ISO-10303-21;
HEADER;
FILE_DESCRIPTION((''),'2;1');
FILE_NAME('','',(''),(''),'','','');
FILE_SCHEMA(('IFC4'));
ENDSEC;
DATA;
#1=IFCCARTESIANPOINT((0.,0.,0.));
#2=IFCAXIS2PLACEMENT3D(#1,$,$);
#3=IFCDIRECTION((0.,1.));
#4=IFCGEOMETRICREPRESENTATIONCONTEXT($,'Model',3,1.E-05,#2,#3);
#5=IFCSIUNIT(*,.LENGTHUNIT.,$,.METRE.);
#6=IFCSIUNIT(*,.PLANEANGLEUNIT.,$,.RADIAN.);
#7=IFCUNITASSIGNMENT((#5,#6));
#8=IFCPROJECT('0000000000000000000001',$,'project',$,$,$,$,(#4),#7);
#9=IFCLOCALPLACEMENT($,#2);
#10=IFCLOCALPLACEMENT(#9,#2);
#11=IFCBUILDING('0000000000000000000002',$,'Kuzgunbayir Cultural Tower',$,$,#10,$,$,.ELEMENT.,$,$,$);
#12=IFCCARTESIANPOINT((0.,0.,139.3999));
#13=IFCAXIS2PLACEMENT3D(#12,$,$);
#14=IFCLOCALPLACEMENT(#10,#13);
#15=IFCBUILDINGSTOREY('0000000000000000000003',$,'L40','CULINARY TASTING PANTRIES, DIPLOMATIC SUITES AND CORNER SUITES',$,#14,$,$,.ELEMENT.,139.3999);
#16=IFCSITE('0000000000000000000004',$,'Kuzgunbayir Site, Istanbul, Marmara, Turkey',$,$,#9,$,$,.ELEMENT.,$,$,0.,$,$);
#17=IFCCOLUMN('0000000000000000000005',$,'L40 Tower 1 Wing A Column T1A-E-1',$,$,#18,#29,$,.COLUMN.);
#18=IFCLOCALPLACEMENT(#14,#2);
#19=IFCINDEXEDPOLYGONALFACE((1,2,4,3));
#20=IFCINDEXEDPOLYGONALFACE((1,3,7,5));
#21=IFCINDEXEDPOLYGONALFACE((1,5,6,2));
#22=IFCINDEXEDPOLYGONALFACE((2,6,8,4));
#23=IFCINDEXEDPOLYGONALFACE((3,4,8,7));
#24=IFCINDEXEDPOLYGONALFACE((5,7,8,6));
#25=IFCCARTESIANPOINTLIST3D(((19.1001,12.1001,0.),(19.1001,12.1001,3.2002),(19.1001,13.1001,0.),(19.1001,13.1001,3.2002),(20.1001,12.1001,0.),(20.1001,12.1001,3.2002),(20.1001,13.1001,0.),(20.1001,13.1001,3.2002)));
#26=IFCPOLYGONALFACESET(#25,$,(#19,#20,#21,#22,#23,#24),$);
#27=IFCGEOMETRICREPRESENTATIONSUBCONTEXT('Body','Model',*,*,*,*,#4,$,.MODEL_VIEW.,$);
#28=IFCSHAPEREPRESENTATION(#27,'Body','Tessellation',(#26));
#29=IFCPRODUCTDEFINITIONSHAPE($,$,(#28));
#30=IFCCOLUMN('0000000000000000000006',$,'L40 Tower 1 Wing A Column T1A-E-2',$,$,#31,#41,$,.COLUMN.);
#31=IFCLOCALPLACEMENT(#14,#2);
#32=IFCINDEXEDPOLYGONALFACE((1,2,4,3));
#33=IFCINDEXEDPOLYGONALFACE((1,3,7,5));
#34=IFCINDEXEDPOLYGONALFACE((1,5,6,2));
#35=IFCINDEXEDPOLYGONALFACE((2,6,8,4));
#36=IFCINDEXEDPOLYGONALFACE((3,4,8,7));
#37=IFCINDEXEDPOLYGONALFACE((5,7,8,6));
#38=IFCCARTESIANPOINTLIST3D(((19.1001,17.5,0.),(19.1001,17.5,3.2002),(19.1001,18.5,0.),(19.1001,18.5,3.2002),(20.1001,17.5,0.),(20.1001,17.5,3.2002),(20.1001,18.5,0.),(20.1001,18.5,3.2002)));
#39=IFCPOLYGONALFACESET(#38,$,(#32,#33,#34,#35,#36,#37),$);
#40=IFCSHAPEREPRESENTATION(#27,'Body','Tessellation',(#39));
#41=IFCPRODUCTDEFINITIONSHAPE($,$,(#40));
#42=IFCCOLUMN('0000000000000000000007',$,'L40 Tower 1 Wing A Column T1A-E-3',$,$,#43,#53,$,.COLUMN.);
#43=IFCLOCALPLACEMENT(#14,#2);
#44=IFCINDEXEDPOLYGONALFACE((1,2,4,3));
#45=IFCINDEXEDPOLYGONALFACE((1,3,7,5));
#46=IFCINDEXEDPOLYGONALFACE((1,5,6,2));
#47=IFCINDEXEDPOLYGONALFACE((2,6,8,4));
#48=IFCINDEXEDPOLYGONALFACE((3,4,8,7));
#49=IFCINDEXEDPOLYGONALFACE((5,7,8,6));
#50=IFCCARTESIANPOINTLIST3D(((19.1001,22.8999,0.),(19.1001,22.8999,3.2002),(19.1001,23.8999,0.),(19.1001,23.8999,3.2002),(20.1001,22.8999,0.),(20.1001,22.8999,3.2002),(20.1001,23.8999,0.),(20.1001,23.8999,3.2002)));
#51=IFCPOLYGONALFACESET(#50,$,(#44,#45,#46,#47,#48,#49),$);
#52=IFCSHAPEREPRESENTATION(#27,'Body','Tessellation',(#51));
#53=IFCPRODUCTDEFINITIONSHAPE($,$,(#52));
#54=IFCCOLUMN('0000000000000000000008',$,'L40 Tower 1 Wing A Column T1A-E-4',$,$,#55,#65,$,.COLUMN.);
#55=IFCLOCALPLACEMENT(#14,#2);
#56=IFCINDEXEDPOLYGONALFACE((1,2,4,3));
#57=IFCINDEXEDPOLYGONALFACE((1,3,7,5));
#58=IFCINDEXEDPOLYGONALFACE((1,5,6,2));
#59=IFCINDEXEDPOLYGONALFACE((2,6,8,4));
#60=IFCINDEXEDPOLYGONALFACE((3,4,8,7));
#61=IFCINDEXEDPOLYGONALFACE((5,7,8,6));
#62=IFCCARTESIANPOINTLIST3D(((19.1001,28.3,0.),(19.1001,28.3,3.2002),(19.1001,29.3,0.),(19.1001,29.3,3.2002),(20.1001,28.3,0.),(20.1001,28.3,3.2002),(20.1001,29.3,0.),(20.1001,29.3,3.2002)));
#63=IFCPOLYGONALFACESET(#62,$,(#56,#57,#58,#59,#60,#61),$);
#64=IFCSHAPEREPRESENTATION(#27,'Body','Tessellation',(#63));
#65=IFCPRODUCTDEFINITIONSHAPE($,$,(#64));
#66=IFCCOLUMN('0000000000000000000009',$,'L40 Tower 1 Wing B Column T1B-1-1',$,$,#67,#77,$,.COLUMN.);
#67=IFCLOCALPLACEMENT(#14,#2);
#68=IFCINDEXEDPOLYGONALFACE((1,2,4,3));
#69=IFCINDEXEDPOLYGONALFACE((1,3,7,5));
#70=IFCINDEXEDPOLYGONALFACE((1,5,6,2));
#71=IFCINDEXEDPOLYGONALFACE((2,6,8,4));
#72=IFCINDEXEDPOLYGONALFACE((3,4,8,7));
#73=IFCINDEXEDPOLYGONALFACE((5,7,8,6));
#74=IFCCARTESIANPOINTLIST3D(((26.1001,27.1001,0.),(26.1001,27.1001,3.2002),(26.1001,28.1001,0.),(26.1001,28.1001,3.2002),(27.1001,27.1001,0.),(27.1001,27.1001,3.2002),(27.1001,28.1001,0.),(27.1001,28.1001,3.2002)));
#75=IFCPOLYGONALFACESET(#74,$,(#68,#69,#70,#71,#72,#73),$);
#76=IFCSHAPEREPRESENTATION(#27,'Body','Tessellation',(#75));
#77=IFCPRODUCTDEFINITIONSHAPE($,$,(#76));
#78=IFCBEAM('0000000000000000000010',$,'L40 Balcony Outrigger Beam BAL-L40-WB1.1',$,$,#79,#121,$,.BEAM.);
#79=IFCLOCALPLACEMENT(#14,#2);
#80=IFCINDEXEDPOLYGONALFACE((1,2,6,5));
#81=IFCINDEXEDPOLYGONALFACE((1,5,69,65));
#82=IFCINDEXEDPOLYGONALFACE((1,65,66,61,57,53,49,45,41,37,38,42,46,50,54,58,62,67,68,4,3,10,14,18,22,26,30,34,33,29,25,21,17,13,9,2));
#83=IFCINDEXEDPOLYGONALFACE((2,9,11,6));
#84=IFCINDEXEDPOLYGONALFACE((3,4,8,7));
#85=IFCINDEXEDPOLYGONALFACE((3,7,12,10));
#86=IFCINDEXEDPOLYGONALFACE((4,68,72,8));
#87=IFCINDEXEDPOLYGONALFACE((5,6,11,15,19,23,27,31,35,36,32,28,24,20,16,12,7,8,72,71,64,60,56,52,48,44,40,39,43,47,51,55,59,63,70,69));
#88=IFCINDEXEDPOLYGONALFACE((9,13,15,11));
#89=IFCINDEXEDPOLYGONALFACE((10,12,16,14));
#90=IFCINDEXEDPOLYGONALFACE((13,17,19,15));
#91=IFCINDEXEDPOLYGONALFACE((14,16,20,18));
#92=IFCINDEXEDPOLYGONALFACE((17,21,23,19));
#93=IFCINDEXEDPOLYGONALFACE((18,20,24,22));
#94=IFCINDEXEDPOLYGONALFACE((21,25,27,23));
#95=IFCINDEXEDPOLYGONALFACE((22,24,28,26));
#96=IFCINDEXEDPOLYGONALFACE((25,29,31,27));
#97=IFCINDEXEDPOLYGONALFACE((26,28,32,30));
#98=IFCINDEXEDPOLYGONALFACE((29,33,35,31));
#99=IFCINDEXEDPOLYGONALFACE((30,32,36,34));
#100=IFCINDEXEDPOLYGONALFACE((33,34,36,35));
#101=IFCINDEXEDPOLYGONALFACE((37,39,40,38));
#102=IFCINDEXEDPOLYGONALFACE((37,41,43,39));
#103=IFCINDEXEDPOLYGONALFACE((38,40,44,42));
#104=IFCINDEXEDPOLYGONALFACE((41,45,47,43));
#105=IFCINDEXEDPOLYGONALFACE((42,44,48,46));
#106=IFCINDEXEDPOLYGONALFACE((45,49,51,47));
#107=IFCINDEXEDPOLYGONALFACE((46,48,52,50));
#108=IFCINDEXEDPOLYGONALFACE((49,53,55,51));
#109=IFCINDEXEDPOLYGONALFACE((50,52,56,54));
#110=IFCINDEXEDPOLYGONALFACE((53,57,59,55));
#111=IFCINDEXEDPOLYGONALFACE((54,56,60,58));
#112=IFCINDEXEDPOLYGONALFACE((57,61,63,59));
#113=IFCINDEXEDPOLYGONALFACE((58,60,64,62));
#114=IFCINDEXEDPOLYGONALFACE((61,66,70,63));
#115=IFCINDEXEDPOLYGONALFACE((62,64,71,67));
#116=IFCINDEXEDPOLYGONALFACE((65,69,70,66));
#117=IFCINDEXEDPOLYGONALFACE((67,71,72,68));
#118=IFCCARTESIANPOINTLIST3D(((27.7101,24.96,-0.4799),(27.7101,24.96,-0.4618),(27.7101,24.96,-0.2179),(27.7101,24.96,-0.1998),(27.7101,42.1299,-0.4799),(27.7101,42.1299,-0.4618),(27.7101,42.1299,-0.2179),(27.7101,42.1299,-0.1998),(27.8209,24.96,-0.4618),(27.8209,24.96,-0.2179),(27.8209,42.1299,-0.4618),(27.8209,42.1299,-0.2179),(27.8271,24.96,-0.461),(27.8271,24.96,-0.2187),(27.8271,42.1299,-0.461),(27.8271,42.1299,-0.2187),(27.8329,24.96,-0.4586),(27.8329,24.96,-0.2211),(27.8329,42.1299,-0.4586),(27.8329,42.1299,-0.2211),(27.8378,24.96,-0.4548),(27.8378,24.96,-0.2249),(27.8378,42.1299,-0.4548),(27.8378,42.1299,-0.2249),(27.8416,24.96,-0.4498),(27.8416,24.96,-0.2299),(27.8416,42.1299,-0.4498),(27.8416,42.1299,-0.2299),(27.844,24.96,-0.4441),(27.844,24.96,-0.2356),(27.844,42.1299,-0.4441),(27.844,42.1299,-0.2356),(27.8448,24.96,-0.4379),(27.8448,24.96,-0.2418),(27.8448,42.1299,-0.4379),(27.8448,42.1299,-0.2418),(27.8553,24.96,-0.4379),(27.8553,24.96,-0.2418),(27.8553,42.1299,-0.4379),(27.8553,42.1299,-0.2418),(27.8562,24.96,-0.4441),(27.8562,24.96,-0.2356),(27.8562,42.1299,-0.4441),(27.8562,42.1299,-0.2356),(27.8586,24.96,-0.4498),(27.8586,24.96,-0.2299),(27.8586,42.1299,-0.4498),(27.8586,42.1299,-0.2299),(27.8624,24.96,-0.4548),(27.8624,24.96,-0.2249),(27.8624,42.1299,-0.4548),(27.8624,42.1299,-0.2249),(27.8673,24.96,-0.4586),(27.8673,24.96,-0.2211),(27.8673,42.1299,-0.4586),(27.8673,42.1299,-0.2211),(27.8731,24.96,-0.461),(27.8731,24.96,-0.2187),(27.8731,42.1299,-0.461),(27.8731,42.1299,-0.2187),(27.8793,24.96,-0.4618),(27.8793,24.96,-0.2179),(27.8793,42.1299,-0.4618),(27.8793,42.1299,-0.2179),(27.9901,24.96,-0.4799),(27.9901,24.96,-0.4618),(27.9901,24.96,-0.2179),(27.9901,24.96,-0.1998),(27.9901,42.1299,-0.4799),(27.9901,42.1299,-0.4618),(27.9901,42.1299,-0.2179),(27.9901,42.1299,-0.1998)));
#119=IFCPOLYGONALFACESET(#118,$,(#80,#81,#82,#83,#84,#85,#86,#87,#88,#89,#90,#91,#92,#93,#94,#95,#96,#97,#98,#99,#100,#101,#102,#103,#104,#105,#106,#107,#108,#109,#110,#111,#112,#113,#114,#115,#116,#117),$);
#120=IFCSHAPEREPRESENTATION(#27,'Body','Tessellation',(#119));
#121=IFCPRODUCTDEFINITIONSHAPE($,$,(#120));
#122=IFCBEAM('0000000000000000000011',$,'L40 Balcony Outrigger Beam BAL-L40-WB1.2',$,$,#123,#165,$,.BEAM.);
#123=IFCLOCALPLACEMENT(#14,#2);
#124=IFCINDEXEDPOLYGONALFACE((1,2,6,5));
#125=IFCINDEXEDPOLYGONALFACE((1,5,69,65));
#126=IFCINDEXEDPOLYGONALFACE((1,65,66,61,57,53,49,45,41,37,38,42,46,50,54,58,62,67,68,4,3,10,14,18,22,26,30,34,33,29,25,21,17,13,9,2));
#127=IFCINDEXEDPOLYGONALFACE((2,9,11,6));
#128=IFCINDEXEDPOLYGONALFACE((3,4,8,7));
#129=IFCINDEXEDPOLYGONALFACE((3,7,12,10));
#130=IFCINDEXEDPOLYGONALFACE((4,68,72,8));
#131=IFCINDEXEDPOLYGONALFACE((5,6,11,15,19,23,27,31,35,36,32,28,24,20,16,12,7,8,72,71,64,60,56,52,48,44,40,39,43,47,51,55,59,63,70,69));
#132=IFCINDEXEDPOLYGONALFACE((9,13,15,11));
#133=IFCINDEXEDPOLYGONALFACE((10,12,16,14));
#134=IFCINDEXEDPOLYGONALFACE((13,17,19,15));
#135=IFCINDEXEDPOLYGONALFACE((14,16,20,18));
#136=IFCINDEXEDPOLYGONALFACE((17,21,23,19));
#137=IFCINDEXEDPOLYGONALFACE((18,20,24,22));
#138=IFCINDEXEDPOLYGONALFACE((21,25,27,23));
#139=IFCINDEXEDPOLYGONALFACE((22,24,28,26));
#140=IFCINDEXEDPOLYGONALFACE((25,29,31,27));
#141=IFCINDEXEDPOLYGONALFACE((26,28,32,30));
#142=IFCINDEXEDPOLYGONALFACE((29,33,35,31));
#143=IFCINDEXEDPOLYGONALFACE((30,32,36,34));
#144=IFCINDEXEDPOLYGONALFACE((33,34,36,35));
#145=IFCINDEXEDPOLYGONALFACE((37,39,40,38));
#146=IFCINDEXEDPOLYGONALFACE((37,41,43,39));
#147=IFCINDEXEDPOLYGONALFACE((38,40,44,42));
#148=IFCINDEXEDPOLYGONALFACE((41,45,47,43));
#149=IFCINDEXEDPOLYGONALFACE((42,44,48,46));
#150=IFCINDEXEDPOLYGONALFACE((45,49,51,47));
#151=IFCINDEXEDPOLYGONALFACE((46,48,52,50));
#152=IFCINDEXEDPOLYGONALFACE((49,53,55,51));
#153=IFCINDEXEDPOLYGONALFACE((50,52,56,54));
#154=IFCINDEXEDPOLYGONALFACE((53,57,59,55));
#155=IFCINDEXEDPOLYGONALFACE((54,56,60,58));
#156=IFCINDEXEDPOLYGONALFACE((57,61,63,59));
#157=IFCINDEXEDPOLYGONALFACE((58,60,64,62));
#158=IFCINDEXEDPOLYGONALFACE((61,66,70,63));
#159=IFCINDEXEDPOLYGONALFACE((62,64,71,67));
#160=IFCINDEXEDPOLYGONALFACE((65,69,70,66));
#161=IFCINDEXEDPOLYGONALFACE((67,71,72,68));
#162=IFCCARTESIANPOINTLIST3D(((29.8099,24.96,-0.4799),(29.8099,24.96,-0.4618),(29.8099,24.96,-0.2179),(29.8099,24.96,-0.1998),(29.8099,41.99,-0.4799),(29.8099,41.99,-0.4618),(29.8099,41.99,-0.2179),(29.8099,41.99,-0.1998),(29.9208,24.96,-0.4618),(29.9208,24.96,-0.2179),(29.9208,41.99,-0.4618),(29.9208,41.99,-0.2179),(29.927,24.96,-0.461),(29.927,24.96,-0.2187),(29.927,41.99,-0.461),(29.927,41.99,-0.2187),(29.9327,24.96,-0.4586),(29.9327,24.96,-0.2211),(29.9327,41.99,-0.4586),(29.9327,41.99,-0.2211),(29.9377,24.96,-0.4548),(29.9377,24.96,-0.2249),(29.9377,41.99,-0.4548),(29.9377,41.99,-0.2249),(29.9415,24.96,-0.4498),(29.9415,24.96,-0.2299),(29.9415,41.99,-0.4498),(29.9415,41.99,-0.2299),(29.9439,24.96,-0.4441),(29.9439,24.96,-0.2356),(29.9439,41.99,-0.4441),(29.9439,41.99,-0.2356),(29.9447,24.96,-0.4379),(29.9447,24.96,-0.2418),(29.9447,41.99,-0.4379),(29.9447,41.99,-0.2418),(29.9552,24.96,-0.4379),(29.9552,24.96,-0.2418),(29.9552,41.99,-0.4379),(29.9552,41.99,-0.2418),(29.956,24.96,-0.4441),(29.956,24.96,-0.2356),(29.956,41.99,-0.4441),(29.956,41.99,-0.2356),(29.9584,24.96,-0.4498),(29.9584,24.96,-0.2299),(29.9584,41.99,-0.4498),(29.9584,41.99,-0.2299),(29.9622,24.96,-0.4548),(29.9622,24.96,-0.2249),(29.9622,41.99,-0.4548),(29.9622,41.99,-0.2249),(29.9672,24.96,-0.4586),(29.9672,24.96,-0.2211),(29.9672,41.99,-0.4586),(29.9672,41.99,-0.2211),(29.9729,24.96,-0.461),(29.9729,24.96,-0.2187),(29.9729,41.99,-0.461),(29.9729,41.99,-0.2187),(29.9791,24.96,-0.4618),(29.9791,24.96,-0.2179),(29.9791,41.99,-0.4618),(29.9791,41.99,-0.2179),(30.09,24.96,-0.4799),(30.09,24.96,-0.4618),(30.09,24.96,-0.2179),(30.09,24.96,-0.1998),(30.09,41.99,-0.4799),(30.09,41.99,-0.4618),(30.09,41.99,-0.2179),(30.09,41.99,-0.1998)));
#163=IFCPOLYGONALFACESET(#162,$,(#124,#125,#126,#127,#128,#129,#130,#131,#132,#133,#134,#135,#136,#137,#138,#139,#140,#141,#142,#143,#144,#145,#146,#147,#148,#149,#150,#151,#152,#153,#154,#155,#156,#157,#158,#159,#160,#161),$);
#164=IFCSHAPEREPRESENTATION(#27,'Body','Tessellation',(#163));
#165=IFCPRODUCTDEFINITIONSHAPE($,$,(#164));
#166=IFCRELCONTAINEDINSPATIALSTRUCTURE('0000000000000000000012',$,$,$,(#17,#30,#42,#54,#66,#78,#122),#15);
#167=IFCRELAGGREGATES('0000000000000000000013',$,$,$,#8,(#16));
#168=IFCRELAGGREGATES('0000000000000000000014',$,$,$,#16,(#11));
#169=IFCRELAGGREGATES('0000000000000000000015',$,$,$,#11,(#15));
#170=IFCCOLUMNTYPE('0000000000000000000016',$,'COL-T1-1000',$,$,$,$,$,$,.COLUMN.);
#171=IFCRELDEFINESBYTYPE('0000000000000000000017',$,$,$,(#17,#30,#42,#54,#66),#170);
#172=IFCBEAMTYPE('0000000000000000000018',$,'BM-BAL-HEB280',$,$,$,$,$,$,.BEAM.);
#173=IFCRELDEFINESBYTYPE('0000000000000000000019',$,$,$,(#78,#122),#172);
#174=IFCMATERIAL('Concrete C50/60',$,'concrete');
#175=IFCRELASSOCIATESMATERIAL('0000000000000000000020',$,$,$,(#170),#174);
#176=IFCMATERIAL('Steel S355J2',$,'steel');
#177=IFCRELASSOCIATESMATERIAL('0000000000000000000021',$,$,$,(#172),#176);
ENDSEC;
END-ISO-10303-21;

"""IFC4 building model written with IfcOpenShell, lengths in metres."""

from ifc_helpers import new_model, si_unit, direction, frame, origin, origin_2d, place, context, subcontext, project, spatial, rectangle, i_section, extrude, material, material_profile, profile_set, type_object, element, save


model = new_model("IFC4")

# Units and contexts
model_context = context("Model", 3, precision=1e-05, world=origin(), true_north=direction((0.0, 1.0)))
body_context = subcontext(model_context, "Body", "Model", "MODEL_VIEW")
ifc_project = project(units=[si_unit("LENGTHUNIT", "METRE"), si_unit("PLANEANGLEUNIT", "RADIAN")], contexts=[model_context])

# Site, building, storey
site_placement = place(None, origin())
site = spatial("IfcSite", under=ifc_project, at=site_placement, Name="Kuzgunbayir Site, Istanbul, Marmara, Turkey", CompositionType="ELEMENT", RefElevation=0.0)
building_placement = place(site_placement, origin())
building = spatial("IfcBuilding", under=site, at=building_placement, Name="Kuzgunbayir Cultural Tower", CompositionType="ELEMENT")
storey_placement = place(building_placement, frame((0.0, 0.0, 139.3999)))
storey = spatial("IfcBuildingStorey", under=building, at=storey_placement, Name="L40", Description="CULINARY TASTING PANTRIES, DIPLOMATIC SUITES AND CORNER SUITES", CompositionType="ELEMENT", Elevation=139.3999)

# Columns
ifc_material_1 = material(Name="Concrete C50/60", Category="concrete")
ifc_material_profile_1 = material_profile(ifc_material_1, rectangle(XDim=1.0, YDim=1.0, at=origin_2d()), Name="RC 1000x1000")
ifc_profile_set_1 = profile_set([ifc_material_profile_1], Name="Concrete C50/60")
column_type = type_object("IfcColumnType", Name="COL-T1-1000", PredefinedType="COLUMN", material=ifc_profile_set_1)
for number, where, z_axis, x_axis, name in (
    (1, (19.6001, 12.6001, 0.0), (0.0, 0.0, 1.0), (1.0, 0.0, 0.0), "L40 Tower 1 Wing A Column T1A-E-1"),
    (2, (19.6001, 18.0, 0.0), (0.0, 0.0, 1.0), (1.0, 0.0, 0.0), "L40 Tower 1 Wing A Column T1A-E-2"),
    (3, (19.6001, 23.3999, 0.0), (0.0, 0.0, 1.0), (1.0, 0.0, 0.0), "L40 Tower 1 Wing A Column T1A-E-3"),
    (4, (19.6001, 28.8, 0.0), (0.0, 0.0, 1.0), (1.0, 0.0, 0.0), "L40 Tower 1 Wing A Column T1A-E-4"),
    (5, (26.6001, 27.6001, 0.0), (0.0, 0.0, 1.0), (1.0, 0.0, 0.0), "L40 Tower 1 Wing B Column T1B-1-1"),
):
    element("IfcColumn", number, at=place(storey_placement, frame(where, z_axis=z_axis, x_axis=x_axis)), inside=storey, type_object=column_type, Name=name, PredefinedType="COLUMN", context=body_context, shape_type="SweptSolid", body=[
        extrude(rectangle(XDim=1.0, YDim=1.0, at=origin_2d()), origin(), (0.0, 0.0, 1.0), 3.2002),
    ])

# Beams
ifc_material_2 = material(Name="Steel S355J2", Category="steel")
ifc_material_profile_2 = material_profile(ifc_material_2, i_section(OverallWidth=0.28, OverallDepth=0.28, WebThickness=0.0105, FlangeThickness=0.0181, FilletRadius=0.0239, at=origin_2d()), Name="HEB 280")
ifc_profile_set_2 = profile_set([ifc_material_profile_2], Name="Steel S355J2")
beam_type_1 = type_object("IfcBeamType", Name="BM-BAL-HEB280", PredefinedType="BEAM", material=ifc_profile_set_2)
beam_1_placement = place(storey_placement, frame((27.8501, 24.96, -0.3398), z_axis=(0.0, 1.0, 0.0), x_axis=(-1.0, 0.0, 0.0)))
element("IfcBeam", 6, at=beam_1_placement, inside=storey, type_object=beam_type_1, Name="L40 Balcony Outrigger Beam BAL-L40-WB1.1", PredefinedType="BEAM", context=body_context, shape_type="SweptSolid", body=[
    extrude(i_section(OverallWidth=0.28, OverallDepth=0.28, WebThickness=0.0105, FlangeThickness=0.0181, FilletRadius=0.0239, at=origin_2d()), origin(), (0.0, 0.0, 1.0), 17.1699),
])
beam_2_placement = place(storey_placement, frame((29.95, 24.96, -0.3398), z_axis=(0.0, 1.0, 0.0), x_axis=(-1.0, 0.0, 0.0)))
element("IfcBeam", 7, at=beam_2_placement, inside=storey, type_object=beam_type_1, Name="L40 Balcony Outrigger Beam BAL-L40-WB1.2", PredefinedType="BEAM", context=body_context, shape_type="SweptSolid", body=[
    extrude(i_section(OverallWidth=0.28, OverallDepth=0.28, WebThickness=0.0105, FlangeThickness=0.0181, FilletRadius=0.0239, at=origin_2d()), origin(), (0.0, 0.0, 1.0), 17.03),
])

save(model, "model.ifc")
